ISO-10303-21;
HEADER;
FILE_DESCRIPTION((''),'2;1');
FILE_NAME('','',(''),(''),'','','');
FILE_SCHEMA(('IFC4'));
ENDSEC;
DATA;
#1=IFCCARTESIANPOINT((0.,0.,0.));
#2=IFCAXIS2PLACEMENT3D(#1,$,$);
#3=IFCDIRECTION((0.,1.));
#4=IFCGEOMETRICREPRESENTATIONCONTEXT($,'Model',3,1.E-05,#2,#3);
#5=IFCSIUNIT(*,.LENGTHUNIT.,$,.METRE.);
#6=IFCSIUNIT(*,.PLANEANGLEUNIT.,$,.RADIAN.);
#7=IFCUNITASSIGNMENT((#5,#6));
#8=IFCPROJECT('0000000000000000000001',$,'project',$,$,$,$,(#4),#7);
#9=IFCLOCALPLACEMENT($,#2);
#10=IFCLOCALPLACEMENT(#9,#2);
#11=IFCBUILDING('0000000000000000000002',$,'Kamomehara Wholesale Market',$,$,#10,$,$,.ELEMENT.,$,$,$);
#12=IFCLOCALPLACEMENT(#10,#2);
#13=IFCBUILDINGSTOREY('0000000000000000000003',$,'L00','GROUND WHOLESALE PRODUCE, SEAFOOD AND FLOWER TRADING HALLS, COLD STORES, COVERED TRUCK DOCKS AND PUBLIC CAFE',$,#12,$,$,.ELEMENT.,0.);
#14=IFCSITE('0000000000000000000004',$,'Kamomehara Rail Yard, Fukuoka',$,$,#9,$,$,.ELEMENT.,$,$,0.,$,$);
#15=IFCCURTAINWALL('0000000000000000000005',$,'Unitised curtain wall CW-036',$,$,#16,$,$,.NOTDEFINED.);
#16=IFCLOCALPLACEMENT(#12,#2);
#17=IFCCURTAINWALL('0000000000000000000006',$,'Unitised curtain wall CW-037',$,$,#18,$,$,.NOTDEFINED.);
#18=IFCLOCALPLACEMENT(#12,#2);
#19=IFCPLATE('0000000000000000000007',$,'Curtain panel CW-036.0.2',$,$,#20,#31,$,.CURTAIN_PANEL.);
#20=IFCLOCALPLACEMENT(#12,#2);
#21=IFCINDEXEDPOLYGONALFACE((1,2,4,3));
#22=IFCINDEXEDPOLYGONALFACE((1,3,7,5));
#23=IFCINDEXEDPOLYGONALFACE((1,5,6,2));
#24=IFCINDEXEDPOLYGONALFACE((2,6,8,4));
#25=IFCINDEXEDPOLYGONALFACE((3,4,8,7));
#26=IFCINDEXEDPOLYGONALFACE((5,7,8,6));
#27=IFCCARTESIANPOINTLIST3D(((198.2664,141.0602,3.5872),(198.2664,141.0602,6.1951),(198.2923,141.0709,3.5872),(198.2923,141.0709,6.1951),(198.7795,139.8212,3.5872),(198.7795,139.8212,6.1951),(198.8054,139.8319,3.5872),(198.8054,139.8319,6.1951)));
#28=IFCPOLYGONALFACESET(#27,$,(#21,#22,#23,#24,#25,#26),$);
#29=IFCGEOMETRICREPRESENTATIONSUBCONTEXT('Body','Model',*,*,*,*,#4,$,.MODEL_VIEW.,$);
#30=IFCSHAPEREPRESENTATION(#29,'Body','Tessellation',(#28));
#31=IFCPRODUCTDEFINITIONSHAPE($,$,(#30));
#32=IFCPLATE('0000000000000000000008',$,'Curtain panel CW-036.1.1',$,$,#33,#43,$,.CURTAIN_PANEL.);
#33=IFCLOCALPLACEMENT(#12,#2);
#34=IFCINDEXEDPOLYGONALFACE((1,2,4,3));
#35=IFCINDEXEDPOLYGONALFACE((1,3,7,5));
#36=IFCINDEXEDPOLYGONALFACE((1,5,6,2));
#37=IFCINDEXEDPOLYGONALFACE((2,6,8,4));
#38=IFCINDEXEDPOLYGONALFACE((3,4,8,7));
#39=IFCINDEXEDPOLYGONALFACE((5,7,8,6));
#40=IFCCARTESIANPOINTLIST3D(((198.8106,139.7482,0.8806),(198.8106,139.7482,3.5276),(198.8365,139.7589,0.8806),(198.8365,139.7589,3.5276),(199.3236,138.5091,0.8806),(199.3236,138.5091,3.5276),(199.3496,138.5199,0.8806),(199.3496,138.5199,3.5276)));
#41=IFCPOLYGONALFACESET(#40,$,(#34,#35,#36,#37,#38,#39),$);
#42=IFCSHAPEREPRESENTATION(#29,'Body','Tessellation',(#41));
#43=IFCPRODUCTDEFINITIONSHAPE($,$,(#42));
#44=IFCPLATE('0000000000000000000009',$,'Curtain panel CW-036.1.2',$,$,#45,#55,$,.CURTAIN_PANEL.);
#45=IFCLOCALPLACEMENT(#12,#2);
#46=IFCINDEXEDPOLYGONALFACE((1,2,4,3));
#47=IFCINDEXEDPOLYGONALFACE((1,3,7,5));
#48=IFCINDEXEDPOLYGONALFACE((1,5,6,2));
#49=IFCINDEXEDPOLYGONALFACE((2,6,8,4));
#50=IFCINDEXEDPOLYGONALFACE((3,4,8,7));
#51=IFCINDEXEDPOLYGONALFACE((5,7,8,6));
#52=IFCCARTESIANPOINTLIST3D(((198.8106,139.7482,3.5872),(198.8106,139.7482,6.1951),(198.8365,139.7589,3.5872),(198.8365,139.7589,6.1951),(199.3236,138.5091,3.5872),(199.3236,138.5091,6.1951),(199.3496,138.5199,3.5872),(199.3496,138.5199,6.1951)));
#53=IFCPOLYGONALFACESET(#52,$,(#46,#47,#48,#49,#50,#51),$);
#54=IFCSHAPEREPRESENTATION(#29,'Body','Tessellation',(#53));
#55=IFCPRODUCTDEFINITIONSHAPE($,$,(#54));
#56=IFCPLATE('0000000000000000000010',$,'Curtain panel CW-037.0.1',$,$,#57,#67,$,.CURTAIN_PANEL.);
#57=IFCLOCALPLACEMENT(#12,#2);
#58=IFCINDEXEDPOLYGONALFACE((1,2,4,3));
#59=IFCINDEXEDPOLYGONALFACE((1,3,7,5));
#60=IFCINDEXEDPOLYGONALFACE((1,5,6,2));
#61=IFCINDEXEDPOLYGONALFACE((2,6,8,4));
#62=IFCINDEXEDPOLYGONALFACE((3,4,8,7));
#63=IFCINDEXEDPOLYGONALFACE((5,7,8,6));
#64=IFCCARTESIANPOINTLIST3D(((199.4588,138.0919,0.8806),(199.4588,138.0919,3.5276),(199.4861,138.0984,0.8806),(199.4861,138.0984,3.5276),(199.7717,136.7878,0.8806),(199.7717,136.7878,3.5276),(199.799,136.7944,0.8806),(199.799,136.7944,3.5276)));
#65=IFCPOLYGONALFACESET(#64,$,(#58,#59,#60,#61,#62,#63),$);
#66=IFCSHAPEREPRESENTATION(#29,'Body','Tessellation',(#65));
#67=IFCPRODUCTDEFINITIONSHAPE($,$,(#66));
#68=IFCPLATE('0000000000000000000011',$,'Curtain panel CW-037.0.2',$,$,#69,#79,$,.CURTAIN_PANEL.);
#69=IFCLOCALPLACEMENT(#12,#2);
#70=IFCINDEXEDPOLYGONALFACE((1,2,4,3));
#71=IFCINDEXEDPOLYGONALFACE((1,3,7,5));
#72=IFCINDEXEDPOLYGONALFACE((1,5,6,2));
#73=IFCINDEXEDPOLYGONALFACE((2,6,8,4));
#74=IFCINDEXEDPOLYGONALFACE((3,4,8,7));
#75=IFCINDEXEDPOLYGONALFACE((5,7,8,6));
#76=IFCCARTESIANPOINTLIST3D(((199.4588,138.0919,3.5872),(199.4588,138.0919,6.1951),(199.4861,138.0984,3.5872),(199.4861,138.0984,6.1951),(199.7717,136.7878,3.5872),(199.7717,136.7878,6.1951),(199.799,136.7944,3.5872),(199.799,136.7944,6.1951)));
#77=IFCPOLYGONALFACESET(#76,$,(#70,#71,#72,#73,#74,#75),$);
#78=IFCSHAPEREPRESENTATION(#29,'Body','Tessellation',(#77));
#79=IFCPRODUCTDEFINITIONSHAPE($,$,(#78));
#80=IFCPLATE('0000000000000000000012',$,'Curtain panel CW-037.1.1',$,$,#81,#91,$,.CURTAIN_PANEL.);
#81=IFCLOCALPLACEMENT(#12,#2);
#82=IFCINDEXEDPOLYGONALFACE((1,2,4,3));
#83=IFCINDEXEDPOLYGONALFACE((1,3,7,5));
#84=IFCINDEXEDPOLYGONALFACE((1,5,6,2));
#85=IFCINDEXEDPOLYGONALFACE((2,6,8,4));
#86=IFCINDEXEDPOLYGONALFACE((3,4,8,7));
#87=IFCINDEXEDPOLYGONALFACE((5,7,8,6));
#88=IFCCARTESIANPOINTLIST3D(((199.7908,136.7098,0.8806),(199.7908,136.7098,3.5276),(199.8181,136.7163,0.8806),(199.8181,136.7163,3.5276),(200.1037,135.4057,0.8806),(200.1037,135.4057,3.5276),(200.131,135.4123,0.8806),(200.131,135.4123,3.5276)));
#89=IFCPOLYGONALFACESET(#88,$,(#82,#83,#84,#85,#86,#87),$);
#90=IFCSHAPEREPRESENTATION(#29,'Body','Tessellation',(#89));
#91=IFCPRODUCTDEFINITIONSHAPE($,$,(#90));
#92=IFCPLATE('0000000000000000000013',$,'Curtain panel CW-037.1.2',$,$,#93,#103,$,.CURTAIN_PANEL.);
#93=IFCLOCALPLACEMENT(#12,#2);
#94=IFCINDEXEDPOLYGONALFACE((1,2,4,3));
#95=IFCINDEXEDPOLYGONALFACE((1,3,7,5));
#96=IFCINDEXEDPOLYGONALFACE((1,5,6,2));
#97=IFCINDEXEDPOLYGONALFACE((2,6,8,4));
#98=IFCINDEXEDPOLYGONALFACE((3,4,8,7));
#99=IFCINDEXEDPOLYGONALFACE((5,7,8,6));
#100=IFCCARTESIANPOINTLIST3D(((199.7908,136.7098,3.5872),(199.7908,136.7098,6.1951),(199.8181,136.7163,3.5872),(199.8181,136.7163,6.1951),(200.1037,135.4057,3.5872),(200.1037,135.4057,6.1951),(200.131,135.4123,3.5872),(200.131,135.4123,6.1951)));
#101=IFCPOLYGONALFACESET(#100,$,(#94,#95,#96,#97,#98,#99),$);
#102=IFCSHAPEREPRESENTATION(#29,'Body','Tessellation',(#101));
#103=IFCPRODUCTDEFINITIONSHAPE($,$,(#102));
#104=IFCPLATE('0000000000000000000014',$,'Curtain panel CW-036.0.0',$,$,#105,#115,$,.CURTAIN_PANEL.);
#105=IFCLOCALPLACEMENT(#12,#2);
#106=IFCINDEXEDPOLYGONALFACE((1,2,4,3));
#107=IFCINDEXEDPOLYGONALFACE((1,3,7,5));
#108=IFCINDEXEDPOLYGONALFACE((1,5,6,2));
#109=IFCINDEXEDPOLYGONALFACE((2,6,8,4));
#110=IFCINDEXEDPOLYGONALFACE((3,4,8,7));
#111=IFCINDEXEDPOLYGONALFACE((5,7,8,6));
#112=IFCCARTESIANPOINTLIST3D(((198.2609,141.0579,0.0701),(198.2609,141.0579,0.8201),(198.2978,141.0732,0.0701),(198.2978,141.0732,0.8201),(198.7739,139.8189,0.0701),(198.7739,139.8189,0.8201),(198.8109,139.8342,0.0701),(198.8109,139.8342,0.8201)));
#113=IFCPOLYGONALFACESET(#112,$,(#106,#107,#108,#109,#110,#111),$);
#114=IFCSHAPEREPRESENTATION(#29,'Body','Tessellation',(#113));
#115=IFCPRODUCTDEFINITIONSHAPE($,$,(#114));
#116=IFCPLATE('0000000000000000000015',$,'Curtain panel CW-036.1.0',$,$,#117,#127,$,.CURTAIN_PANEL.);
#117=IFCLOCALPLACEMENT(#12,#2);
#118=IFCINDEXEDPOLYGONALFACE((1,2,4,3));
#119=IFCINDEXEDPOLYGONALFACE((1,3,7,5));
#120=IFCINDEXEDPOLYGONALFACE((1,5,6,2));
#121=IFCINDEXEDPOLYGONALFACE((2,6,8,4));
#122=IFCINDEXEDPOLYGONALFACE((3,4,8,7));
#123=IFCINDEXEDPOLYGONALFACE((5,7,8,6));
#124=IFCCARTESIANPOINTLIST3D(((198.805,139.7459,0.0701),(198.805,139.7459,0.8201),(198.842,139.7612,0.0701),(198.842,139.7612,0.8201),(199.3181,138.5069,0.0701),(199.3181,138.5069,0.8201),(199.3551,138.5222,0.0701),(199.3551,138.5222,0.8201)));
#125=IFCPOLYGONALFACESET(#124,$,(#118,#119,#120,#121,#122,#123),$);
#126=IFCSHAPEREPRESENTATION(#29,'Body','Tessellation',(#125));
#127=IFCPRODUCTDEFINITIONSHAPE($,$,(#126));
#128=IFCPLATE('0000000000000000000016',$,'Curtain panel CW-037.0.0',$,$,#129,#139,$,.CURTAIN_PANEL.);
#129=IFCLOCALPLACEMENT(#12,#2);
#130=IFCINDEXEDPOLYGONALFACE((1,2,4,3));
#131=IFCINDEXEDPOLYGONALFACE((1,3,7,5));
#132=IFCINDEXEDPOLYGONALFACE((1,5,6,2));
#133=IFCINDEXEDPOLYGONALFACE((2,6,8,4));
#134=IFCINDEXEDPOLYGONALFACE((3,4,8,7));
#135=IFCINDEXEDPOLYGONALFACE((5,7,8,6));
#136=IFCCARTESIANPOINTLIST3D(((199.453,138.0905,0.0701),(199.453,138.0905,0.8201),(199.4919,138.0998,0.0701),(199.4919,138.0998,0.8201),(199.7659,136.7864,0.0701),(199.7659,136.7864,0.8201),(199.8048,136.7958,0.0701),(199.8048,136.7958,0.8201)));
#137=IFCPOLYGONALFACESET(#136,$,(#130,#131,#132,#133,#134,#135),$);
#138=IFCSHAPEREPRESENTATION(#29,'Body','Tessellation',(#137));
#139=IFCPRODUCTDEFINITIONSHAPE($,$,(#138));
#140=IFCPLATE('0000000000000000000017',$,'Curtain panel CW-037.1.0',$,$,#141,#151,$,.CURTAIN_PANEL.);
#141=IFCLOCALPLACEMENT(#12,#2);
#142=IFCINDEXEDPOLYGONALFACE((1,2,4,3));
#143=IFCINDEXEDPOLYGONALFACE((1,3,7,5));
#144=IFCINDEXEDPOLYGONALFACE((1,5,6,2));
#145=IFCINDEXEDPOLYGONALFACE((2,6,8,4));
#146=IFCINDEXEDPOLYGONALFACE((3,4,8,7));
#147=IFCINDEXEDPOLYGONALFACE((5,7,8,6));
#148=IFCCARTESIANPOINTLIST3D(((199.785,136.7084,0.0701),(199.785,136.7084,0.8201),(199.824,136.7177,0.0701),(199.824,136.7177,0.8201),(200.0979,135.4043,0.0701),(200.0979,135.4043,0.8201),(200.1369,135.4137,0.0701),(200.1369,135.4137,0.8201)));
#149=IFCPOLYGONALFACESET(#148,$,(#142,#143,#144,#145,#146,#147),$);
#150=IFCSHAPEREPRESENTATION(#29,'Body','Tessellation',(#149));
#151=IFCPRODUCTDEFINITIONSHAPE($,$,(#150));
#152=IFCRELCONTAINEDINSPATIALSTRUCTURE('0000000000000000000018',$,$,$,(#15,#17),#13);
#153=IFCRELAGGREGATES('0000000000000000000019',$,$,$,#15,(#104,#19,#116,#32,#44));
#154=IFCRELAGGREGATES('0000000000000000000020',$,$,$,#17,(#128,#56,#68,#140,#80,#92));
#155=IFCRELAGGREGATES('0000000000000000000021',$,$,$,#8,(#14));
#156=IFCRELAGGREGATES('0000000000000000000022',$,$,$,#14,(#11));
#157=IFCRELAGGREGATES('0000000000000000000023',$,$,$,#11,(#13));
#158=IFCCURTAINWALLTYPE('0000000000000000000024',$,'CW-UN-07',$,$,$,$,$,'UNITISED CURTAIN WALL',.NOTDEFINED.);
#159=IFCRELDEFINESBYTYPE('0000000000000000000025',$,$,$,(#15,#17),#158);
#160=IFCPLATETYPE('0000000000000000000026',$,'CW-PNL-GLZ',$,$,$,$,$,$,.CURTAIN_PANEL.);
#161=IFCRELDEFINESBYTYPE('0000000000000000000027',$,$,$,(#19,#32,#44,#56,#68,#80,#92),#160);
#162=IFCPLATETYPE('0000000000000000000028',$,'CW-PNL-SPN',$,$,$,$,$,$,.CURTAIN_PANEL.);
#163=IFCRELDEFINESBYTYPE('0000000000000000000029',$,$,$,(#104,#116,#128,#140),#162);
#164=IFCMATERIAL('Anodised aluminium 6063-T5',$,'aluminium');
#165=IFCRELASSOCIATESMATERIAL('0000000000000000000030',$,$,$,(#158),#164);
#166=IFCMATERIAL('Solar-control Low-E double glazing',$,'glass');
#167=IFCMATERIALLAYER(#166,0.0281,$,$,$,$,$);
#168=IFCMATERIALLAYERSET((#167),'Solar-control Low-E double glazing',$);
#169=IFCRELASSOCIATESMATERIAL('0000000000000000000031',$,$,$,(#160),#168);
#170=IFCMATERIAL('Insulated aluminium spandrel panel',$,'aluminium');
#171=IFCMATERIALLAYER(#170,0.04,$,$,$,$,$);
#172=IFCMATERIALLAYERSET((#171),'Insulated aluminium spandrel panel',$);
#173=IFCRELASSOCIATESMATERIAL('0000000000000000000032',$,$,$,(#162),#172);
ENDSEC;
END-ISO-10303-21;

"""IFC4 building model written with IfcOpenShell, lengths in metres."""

from ifc_helpers import new_model, si_unit, direction, frame, origin, origin_2d, place, context, subcontext, project, spatial, rectangle, extrude, material, layer, layer_set, type_object, element, aggregate, save


model = new_model("IFC4")

# Units and contexts
model_context = context("Model", 3, precision=1e-05, world=origin(), true_north=direction((0.0, 1.0)))
body_context = subcontext(model_context, "Body", "Model", "MODEL_VIEW")
ifc_project = project(units=[si_unit("LENGTHUNIT", "METRE"), si_unit("PLANEANGLEUNIT", "RADIAN")], contexts=[model_context])

# Site, building, storey
site_placement = place(None, origin())
site = spatial("IfcSite", under=ifc_project, at=site_placement, Name="Kamomehara Rail Yard, Fukuoka", CompositionType="ELEMENT", RefElevation=0.0)
building_placement = place(site_placement, origin())
building = spatial("IfcBuilding", under=site, at=building_placement, Name="Kamomehara Wholesale Market", CompositionType="ELEMENT")
storey_placement = place(building_placement, origin())
storey = spatial("IfcBuildingStorey", under=building, at=storey_placement, Name="L00", Description="GROUND WHOLESALE PRODUCE, SEAFOOD AND FLOWER TRADING HALLS, COLD STORES, COVERED TRUCK DOCKS AND PUBLIC CAFE", CompositionType="ELEMENT", Elevation=0.0)

# Curtain walls
ifc_material_1 = material(Name="Anodised aluminium 6063-T5", Category="aluminium")
curtain_wall_type = type_object("IfcCurtainWallType", Name="CW-UN-07", ElementType="UNITISED CURTAIN WALL", PredefinedType="NOTDEFINED", material=ifc_material_1)
curtain_wall_1_placement = place(storey_placement, origin())
curtain_wall_1 = element("IfcCurtainWall", 1, at=curtain_wall_1_placement, inside=storey, type_object=curtain_wall_type, Name="Unitised curtain wall CW-036", PredefinedType="NOTDEFINED")
curtain_wall_2_placement = place(storey_placement, origin())
curtain_wall_2 = element("IfcCurtainWall", 2, at=curtain_wall_2_placement, inside=storey, type_object=curtain_wall_type, Name="Unitised curtain wall CW-037", PredefinedType="NOTDEFINED")

# Plates
ifc_material_2 = material(Name="Solar-control Low-E double glazing", Category="glass")
ifc_layer_1 = layer(ifc_material_2, 0.0281)
ifc_layer_set_1 = layer_set([ifc_layer_1], Name="Solar-control Low-E double glazing")
plate_type_1 = type_object("IfcPlateType", Name="CW-PNL-GLZ", PredefinedType="CURTAIN_PANEL", material=ifc_layer_set_1)
plate_1_placement = place(storey_placement, frame((198.5359, 140.446, 3.5872), z_axis=(0.0, 0.0, 1.0), x_axis=(0.382587, -0.92392, 0.0)))
plate_1 = element("IfcPlate", 3, at=plate_1_placement, type_object=plate_type_1, Name="Curtain panel CW-036.0.2", PredefinedType="CURTAIN_PANEL", context=body_context, shape_type="SweptSolid", body=[
    extrude(rectangle(XDim=1.3411, YDim=0.0281, at=origin_2d()), origin(), (0.0, 0.0, 1.0), 2.6079),
])
plate_2_placement = place(storey_placement, frame((199.0801, 139.134, 0.8806), z_axis=(0.0, 0.0, 1.0), x_axis=(0.382587, -0.92392, 0.0)))
plate_2 = element("IfcPlate", 4, at=plate_2_placement, type_object=plate_type_1, Name="Curtain panel CW-036.1.1", PredefinedType="CURTAIN_PANEL", context=body_context, shape_type="SweptSolid", body=[
    extrude(rectangle(XDim=1.3411, YDim=0.0281, at=origin_2d()), origin(), (0.0, 0.0, 1.0), 2.647),
])
plate_3_placement = place(storey_placement, frame((199.0801, 139.134, 3.5872), z_axis=(0.0, 0.0, 1.0), x_axis=(0.382587, -0.92392, 0.0)))
plate_3 = element("IfcPlate", 5, at=plate_3_placement, type_object=plate_type_1, Name="Curtain panel CW-036.1.2", PredefinedType="CURTAIN_PANEL", context=body_context, shape_type="SweptSolid", body=[
    extrude(rectangle(XDim=1.3411, YDim=0.0281, at=origin_2d()), origin(), (0.0, 0.0, 1.0), 2.6079),
])
plate_4_placement = place(storey_placement, frame((199.6289, 137.4431, 0.8806), z_axis=(0.0, 0.0, 1.0), x_axis=(0.233327, -0.972398, 0.0)))
plate_4 = element("IfcPlate", 6, at=plate_4_placement, type_object=plate_type_1, Name="Curtain panel CW-037.0.1", PredefinedType="CURTAIN_PANEL", context=body_context, shape_type="SweptSolid", body=[
    extrude(rectangle(XDim=1.3411, YDim=0.0281, at=origin_2d()), origin(), (0.0, 0.0, 1.0), 2.647),
])
plate_5_placement = place(storey_placement, frame((199.6289, 137.4431, 3.5872), z_axis=(0.0, 0.0, 1.0), x_axis=(0.233327, -0.972398, 0.0)))
plate_5 = element("IfcPlate", 7, at=plate_5_placement, type_object=plate_type_1, Name="Curtain panel CW-037.0.2", PredefinedType="CURTAIN_PANEL", context=body_context, shape_type="SweptSolid", body=[
    extrude(rectangle(XDim=1.3411, YDim=0.0281, at=origin_2d()), origin(), (0.0, 0.0, 1.0), 2.6079),
])
plate_6_placement = place(storey_placement, frame((199.9609, 136.061, 0.8806), z_axis=(0.0, 0.0, 1.0), x_axis=(0.233327, -0.972398, 0.0)))
plate_6 = element("IfcPlate", 8, at=plate_6_placement, type_object=plate_type_1, Name="Curtain panel CW-037.1.1", PredefinedType="CURTAIN_PANEL", context=body_context, shape_type="SweptSolid", body=[
    extrude(rectangle(XDim=1.3411, YDim=0.0281, at=origin_2d()), origin(), (0.0, 0.0, 1.0), 2.647),
])
plate_7_placement = place(storey_placement, frame((199.9609, 136.061, 3.5872), z_axis=(0.0, 0.0, 1.0), x_axis=(0.233327, -0.972398, 0.0)))
plate_7 = element("IfcPlate", 9, at=plate_7_placement, type_object=plate_type_1, Name="Curtain panel CW-037.1.2", PredefinedType="CURTAIN_PANEL", context=body_context, shape_type="SweptSolid", body=[
    extrude(rectangle(XDim=1.3411, YDim=0.0281, at=origin_2d()), origin(), (0.0, 0.0, 1.0), 2.6079),
])
ifc_material_3 = material(Name="Insulated aluminium spandrel panel", Category="aluminium")
ifc_layer_2 = layer(ifc_material_3, 0.04)
ifc_layer_set_2 = layer_set([ifc_layer_2], Name="Insulated aluminium spandrel panel")
plate_type_2 = type_object("IfcPlateType", Name="CW-PNL-SPN", PredefinedType="CURTAIN_PANEL", material=ifc_layer_set_2)
plate_8_placement = place(storey_placement, frame((198.5359, 140.446, 0.0701), z_axis=(0.0, 0.0, 1.0), x_axis=(0.382587, -0.92392, 0.0)))
plate_8 = element("IfcPlate", 10, at=plate_8_placement, type_object=plate_type_2, Name="Curtain panel CW-036.0.0", PredefinedType="CURTAIN_PANEL", context=body_context, shape_type="SweptSolid", body=[
    extrude(rectangle(XDim=1.3411, YDim=0.04, at=origin_2d()), origin(), (0.0, 0.0, 1.0), 0.75),
])
plate_9_placement = place(storey_placement, frame((199.0801, 139.134, 0.0701), z_axis=(0.0, 0.0, 1.0), x_axis=(0.382587, -0.92392, 0.0)))
plate_9 = element("IfcPlate", 11, at=plate_9_placement, type_object=plate_type_2, Name="Curtain panel CW-036.1.0", PredefinedType="CURTAIN_PANEL", context=body_context, shape_type="SweptSolid", body=[
    extrude(rectangle(XDim=1.3411, YDim=0.04, at=origin_2d()), origin(), (0.0, 0.0, 1.0), 0.75),
])
aggregate(curtain_wall_1, [plate_8, plate_1, plate_9, plate_2, plate_3])
plate_10_placement = place(storey_placement, frame((199.6289, 137.4431, 0.0701), z_axis=(0.0, 0.0, 1.0), x_axis=(0.233327, -0.972398, 0.0)))
plate_10 = element("IfcPlate", 12, at=plate_10_placement, type_object=plate_type_2, Name="Curtain panel CW-037.0.0", PredefinedType="CURTAIN_PANEL", context=body_context, shape_type="SweptSolid", body=[
    extrude(rectangle(XDim=1.3411, YDim=0.04, at=origin_2d()), origin(), (0.0, 0.0, 1.0), 0.75),
])
plate_11_placement = place(storey_placement, frame((199.9609, 136.061, 0.0701), z_axis=(0.0, 0.0, 1.0), x_axis=(0.233327, -0.972398, 0.0)))
plate_11 = element("IfcPlate", 13, at=plate_11_placement, type_object=plate_type_2, Name="Curtain panel CW-037.1.0", PredefinedType="CURTAIN_PANEL", context=body_context, shape_type="SweptSolid", body=[
    extrude(rectangle(XDim=1.3411, YDim=0.04, at=origin_2d()), origin(), (0.0, 0.0, 1.0), 0.75),
])
aggregate(curtain_wall_2, [plate_10, plate_4, plate_5, plate_11, plate_6, plate_7])

save(model, "model.ifc")
